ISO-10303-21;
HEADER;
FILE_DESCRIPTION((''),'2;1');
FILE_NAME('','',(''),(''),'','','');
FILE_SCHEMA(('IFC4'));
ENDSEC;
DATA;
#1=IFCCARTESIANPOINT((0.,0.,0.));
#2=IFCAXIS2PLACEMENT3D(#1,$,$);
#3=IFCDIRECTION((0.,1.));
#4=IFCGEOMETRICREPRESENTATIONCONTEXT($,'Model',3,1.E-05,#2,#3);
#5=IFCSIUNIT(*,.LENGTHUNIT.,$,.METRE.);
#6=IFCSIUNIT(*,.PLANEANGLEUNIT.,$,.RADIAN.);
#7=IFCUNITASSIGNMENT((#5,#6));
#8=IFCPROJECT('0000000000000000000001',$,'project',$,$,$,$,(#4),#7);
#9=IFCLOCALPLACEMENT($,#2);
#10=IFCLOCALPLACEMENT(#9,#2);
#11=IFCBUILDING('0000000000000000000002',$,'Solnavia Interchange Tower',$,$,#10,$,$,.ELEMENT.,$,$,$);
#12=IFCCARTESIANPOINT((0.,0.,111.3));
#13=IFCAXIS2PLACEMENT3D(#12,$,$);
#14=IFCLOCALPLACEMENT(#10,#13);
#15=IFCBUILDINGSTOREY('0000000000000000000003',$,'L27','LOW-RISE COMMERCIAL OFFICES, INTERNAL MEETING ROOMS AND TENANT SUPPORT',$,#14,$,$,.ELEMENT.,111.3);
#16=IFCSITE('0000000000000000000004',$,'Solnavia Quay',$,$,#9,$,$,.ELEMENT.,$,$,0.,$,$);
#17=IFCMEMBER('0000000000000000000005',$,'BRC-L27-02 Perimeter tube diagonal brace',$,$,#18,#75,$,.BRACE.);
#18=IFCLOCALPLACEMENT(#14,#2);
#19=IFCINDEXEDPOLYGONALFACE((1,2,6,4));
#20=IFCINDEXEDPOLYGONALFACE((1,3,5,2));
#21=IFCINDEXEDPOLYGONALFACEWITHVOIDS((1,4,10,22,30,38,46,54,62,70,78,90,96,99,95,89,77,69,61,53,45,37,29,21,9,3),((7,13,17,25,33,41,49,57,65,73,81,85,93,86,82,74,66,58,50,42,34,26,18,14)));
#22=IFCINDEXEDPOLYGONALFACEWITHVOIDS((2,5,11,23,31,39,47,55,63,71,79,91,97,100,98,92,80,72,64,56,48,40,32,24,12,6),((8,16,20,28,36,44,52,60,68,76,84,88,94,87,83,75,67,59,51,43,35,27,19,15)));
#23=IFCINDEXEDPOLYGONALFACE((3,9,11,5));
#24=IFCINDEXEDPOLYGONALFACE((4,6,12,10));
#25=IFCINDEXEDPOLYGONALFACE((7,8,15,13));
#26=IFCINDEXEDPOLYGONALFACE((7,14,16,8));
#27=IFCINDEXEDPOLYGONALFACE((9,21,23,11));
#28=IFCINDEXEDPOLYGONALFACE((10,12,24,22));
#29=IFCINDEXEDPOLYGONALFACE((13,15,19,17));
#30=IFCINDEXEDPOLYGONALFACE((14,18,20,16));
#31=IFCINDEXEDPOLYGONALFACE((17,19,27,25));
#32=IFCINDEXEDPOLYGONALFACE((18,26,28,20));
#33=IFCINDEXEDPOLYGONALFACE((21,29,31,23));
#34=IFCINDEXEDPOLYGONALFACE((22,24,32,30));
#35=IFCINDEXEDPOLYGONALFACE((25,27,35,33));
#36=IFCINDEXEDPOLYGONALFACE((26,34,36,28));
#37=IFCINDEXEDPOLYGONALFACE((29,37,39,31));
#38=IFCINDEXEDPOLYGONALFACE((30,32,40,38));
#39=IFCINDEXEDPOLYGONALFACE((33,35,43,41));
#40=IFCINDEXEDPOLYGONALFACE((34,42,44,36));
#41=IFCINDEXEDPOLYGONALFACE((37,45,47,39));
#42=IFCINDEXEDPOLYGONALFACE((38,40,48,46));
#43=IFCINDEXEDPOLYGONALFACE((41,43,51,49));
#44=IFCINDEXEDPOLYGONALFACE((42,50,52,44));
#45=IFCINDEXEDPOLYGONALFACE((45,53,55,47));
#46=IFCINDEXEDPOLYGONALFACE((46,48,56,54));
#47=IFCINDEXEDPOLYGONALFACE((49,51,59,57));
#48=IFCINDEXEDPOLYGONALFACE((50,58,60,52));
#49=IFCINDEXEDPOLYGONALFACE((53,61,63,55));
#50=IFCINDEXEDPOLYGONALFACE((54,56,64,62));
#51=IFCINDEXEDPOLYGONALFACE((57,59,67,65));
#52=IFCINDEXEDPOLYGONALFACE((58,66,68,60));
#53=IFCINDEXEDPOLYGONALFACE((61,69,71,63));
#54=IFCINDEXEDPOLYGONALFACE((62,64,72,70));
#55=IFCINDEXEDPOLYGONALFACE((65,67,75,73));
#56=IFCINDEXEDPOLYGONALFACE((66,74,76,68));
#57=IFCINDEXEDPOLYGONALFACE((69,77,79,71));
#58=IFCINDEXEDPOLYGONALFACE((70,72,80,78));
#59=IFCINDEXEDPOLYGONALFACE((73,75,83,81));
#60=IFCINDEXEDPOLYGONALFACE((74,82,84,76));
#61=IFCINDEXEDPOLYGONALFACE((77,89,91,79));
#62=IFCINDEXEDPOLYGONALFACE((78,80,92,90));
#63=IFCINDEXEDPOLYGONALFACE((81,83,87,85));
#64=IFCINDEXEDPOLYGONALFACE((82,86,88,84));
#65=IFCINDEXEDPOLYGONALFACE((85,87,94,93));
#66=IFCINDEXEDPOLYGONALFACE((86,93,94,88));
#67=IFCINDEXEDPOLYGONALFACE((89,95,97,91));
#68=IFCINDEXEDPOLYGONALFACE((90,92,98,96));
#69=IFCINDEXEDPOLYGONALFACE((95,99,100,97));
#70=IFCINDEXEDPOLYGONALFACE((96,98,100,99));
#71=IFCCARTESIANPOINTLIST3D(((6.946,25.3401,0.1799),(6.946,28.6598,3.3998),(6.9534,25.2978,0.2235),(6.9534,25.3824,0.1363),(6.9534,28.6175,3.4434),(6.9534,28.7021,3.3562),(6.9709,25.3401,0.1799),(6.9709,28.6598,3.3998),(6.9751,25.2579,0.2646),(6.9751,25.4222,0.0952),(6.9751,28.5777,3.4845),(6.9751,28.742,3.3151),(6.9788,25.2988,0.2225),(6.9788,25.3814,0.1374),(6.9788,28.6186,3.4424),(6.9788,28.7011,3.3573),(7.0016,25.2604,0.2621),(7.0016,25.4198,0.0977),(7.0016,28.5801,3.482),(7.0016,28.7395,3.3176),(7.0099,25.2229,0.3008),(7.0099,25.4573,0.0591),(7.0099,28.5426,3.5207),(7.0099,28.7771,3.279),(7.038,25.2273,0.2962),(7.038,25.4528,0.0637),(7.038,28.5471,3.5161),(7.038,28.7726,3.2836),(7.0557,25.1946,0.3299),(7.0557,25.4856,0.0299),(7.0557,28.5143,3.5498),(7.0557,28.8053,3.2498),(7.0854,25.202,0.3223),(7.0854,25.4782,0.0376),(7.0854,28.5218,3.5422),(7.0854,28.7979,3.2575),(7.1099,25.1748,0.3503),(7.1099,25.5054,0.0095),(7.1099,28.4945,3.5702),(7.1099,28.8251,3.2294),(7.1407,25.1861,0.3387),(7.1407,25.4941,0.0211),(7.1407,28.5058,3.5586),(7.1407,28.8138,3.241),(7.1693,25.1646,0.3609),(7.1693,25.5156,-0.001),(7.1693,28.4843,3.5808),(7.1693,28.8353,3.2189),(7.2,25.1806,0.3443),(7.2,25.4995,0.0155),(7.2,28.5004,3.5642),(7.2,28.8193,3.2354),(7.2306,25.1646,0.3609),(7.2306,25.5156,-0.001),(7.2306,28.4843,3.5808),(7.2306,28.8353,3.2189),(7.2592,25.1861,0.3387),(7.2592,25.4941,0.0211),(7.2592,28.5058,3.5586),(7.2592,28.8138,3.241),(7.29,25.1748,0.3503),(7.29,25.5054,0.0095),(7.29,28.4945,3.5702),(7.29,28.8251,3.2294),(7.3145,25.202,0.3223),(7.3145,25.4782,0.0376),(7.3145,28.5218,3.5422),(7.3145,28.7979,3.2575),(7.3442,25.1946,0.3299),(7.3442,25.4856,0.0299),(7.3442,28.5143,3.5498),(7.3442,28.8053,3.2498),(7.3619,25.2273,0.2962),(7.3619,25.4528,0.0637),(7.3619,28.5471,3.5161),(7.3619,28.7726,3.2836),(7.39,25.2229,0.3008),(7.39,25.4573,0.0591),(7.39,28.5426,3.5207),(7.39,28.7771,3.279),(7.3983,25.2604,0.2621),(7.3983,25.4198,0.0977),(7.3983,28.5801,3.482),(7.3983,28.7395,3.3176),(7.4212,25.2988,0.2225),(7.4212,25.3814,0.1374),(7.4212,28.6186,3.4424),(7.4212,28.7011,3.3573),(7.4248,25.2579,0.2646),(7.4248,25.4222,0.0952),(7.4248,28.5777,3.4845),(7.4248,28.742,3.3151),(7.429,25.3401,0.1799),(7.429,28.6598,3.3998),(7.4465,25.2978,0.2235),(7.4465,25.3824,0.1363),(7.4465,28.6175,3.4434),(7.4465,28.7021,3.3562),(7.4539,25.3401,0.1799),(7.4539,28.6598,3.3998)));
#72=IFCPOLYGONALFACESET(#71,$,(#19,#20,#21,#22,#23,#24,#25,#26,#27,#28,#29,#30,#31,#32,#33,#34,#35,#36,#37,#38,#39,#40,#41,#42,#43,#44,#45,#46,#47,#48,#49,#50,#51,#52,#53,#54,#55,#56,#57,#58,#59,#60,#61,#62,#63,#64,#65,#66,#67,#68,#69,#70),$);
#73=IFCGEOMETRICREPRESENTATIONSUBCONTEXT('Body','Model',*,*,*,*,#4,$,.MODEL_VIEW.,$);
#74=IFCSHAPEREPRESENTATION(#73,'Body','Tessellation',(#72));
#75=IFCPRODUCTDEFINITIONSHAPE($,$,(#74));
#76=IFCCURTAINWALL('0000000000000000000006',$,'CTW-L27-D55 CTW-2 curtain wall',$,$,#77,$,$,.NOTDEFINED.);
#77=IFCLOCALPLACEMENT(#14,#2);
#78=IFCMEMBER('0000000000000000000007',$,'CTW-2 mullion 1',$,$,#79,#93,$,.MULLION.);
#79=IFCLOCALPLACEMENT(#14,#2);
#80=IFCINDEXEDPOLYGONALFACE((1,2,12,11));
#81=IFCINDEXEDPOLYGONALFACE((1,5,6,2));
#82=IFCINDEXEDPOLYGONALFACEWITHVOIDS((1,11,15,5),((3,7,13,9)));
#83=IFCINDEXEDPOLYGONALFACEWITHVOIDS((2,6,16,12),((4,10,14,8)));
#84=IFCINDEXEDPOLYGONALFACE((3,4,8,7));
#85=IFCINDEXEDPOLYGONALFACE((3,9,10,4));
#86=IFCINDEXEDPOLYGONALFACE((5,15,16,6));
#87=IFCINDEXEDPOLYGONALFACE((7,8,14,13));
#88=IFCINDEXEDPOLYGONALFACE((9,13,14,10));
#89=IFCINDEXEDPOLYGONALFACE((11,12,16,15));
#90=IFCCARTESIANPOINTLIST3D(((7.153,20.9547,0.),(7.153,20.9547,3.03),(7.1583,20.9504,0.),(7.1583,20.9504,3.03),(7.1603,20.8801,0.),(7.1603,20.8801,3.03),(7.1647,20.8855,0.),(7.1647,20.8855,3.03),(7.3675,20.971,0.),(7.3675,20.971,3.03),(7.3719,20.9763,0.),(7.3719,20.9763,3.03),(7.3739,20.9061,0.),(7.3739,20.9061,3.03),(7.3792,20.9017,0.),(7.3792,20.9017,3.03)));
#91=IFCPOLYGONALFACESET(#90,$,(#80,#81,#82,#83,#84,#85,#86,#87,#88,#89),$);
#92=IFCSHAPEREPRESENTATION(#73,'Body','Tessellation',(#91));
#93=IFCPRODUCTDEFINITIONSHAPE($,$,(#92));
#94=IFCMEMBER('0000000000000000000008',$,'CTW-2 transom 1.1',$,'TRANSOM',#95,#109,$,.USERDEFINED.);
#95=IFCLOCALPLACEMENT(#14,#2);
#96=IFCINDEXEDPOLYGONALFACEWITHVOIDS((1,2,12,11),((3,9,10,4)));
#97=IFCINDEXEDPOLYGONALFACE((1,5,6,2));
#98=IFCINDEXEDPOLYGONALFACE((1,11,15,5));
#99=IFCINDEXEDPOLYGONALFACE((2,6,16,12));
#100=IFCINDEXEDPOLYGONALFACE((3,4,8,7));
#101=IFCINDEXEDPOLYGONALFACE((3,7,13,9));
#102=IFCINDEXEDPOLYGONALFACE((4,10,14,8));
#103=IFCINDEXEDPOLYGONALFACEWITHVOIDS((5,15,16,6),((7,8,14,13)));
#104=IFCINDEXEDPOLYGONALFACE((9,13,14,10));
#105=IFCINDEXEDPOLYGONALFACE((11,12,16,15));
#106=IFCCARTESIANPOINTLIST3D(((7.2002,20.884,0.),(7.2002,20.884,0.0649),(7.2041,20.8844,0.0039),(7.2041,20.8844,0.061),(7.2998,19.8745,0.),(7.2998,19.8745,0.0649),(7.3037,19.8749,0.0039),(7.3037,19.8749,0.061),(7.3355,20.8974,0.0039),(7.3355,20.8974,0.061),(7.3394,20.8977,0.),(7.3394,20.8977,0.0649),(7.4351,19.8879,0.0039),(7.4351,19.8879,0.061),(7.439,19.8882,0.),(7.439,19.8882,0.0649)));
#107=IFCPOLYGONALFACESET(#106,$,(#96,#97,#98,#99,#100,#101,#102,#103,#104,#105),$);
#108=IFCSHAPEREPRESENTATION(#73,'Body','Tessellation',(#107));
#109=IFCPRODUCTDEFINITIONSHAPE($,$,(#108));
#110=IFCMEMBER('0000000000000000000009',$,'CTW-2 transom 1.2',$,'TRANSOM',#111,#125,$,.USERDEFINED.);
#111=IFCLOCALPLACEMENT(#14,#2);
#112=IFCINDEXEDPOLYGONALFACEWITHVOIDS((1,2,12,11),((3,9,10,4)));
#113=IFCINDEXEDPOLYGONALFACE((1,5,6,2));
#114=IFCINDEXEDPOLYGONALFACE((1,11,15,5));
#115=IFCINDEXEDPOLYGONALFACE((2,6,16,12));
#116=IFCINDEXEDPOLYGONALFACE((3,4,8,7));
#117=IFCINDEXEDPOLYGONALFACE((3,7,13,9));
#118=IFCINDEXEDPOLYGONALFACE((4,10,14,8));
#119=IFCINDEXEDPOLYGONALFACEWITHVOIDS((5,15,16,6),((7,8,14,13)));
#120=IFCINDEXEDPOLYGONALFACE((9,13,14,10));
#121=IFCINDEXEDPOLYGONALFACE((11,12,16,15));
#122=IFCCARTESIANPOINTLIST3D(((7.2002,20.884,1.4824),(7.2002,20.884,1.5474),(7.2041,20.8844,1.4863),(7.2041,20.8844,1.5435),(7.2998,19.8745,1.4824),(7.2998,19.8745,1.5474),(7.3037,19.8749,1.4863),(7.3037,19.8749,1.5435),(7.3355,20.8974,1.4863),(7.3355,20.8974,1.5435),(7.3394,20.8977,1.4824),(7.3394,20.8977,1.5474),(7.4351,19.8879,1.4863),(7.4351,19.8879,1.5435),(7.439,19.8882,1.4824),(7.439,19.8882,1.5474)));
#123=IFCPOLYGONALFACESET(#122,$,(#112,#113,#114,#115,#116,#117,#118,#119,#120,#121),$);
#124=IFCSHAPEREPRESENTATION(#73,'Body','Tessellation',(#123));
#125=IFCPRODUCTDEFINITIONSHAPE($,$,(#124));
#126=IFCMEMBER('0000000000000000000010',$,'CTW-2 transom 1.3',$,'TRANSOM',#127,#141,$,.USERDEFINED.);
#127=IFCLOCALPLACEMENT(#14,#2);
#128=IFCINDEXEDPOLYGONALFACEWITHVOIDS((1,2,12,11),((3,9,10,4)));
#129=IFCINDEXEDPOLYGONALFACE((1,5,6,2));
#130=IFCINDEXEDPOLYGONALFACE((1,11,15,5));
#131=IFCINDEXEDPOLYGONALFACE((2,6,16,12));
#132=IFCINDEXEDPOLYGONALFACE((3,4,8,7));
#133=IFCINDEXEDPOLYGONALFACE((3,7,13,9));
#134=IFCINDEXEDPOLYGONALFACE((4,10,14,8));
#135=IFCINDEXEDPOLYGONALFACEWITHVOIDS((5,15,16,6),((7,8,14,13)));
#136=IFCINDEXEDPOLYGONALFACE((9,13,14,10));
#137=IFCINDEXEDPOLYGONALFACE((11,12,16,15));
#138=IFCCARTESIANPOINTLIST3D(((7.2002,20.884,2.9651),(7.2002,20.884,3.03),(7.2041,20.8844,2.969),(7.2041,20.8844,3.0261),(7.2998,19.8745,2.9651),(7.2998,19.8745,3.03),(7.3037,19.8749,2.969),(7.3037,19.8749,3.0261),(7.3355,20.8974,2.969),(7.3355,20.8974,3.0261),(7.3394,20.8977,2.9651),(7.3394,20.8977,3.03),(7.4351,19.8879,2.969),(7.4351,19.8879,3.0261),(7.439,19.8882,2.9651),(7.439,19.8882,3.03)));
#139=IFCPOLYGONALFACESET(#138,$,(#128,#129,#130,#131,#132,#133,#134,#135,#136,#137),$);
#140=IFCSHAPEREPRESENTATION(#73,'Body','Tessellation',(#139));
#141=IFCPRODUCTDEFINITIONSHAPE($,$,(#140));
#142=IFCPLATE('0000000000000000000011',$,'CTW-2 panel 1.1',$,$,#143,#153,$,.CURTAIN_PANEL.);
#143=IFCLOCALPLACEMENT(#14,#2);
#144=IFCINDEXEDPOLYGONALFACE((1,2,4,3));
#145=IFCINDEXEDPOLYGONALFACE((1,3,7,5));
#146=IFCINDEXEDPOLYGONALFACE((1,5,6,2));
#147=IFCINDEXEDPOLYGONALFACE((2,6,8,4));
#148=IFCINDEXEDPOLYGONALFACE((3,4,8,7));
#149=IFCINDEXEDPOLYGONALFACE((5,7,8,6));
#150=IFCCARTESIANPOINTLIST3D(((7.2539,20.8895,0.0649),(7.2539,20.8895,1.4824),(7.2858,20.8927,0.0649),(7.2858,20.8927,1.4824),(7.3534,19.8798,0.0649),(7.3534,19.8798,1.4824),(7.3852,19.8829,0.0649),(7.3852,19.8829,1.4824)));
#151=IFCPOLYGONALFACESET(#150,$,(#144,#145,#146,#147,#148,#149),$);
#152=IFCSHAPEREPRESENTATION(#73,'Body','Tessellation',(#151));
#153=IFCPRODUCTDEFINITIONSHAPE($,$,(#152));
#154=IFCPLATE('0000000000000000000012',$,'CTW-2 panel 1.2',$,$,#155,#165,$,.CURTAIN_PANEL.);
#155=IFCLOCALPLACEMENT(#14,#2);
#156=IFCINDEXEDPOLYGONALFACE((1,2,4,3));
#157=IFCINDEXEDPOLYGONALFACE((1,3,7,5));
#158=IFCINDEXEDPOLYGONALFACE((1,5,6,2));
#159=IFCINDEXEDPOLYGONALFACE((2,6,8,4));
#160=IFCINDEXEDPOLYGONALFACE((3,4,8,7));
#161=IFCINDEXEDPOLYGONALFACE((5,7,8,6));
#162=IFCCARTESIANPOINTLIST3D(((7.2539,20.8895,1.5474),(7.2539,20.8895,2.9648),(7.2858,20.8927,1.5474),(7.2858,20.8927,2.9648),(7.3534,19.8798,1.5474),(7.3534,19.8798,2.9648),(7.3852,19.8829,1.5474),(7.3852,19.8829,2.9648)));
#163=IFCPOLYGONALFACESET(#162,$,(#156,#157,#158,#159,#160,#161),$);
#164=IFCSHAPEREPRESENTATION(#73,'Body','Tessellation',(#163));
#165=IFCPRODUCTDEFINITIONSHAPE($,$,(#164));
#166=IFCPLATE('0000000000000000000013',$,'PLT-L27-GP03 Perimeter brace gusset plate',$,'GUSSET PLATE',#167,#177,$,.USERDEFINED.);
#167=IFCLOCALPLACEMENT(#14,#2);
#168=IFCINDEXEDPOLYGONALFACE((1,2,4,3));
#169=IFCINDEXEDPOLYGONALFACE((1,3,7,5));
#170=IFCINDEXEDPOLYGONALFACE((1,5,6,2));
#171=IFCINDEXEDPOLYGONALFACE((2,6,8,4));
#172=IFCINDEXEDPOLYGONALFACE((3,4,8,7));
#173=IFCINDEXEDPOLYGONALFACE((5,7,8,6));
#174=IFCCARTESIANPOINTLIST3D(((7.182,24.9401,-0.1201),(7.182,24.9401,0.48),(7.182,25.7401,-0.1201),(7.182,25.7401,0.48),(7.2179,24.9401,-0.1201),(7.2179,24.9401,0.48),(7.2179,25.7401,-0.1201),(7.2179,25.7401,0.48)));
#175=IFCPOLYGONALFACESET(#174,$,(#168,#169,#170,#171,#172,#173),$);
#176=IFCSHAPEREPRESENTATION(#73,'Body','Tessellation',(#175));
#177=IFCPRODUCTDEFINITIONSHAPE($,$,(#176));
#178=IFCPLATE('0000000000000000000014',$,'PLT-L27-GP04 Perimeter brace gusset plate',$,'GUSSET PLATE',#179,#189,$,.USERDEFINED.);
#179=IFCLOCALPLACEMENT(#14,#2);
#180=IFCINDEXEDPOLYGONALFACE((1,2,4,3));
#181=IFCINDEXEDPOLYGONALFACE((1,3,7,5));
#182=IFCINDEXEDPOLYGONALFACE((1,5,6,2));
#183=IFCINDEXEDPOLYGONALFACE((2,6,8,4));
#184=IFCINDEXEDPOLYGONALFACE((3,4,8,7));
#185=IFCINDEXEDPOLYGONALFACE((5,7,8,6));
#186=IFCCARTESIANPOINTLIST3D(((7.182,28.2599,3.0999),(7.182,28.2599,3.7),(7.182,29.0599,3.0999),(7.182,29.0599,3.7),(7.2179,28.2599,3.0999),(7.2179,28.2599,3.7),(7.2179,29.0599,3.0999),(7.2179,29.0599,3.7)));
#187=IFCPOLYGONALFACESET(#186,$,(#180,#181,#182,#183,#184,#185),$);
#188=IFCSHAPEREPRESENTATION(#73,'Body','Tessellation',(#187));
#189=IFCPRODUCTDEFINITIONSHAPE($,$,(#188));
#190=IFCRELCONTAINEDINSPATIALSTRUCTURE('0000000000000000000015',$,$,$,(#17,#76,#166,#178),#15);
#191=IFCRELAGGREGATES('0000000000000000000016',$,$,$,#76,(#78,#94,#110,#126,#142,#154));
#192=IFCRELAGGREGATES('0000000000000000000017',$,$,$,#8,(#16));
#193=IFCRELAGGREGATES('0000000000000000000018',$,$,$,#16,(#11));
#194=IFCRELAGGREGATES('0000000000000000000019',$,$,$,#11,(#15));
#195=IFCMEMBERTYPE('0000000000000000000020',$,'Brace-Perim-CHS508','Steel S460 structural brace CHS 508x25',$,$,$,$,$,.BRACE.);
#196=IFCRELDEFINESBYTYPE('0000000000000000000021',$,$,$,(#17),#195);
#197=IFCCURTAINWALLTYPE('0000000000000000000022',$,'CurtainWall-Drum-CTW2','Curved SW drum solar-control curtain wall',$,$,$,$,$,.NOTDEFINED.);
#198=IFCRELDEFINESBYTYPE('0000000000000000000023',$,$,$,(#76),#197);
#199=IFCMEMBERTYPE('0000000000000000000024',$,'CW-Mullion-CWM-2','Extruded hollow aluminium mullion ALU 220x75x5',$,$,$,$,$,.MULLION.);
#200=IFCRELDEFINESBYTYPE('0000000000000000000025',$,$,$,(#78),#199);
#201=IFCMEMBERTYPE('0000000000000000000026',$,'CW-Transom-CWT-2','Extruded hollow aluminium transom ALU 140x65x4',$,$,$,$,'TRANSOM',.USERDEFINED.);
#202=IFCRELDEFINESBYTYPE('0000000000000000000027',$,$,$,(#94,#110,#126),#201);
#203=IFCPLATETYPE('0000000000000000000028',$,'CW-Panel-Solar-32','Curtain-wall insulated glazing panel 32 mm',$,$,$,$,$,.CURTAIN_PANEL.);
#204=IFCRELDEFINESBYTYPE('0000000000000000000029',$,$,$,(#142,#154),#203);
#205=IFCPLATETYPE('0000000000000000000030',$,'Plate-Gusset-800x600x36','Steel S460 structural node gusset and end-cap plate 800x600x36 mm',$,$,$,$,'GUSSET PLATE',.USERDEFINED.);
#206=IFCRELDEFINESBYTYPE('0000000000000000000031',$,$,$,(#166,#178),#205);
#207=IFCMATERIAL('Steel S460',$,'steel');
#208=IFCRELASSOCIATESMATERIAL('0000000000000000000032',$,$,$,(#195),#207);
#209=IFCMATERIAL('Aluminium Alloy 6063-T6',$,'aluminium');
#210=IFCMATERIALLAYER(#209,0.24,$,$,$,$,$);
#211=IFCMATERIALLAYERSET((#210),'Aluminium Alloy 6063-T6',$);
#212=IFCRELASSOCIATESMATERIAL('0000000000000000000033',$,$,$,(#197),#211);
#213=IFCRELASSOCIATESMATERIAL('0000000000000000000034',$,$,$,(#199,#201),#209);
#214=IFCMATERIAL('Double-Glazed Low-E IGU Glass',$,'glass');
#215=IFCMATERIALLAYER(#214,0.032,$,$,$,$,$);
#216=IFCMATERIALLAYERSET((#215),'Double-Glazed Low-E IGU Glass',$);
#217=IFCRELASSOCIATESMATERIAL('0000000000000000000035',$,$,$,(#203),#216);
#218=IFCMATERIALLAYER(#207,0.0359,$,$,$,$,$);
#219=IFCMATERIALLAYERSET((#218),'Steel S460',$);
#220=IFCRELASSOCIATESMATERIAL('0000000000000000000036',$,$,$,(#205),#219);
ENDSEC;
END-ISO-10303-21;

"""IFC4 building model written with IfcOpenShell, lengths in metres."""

from ifc_helpers import new_model, si_unit, direction, frame, origin, origin_2d, place, context, subcontext, project, spatial, rectangle, hollow_rectangle, hollow_circle, extrude, material, layer, layer_set, material_profile, profile_set, type_object, element, aggregate, save


model = new_model("IFC4")

# Units and contexts
model_context = context("Model", 3, precision=1e-05, world=origin(), true_north=direction((0.0, 1.0)))
body_context = subcontext(model_context, "Body", "Model", "MODEL_VIEW")
ifc_project = project(units=[si_unit("LENGTHUNIT", "METRE"), si_unit("PLANEANGLEUNIT", "RADIAN")], contexts=[model_context])

# Site, building, storey
site_placement = place(None, origin())
site = spatial("IfcSite", under=ifc_project, at=site_placement, Name="Solnavia Quay", CompositionType="ELEMENT", RefElevation=0.0)
building_placement = place(site_placement, origin())
building = spatial("IfcBuilding", under=site, at=building_placement, Name="Solnavia Interchange Tower", CompositionType="ELEMENT")
storey_placement = place(building_placement, frame((0.0, 0.0, 111.3)))
storey = spatial("IfcBuildingStorey", under=building, at=storey_placement, Name="L27", Description="LOW-RISE COMMERCIAL OFFICES, INTERNAL MEETING ROOMS AND TENANT SUPPORT", CompositionType="ELEMENT", Elevation=111.3)

# Member
ifc_material_1 = material(Name="Steel S460", Category="steel")
ifc_material_profile_1 = material_profile(ifc_material_1, hollow_circle(Radius=0.2539, WallThickness=0.0249, at=origin_2d()), Name="CHS 508x25")
ifc_profile_set_1 = profile_set([ifc_material_profile_1], Name="Steel S460")
member_type_1 = type_object("IfcMemberType", Name="Brace-Perim-CHS508", Description="Steel S460 structural brace CHS 508x25", PredefinedType="BRACE", material=ifc_profile_set_1)
member_1_placement = place(storey_placement, frame((7.2, 25.3401, 0.1799), z_axis=(0.0, 0.71782, 0.696229), x_axis=(-1.0, 0.0, 0.0)))
element("IfcMember", 1, at=member_1_placement, inside=storey, type_object=member_type_1, Name="BRC-L27-02 Perimeter tube diagonal brace", PredefinedType="BRACE", context=body_context, shape_type="SweptSolid", body=[
    extrude(hollow_circle(Radius=0.2539, WallThickness=0.0249, at=origin_2d()), origin(), (0.0, 0.0, 1.0), 4.6248),
])

# Curtain wall, members, plates
ifc_material_2 = material(Name="Aluminium Alloy 6063-T6", Category="aluminium")
ifc_layer_1 = layer(ifc_material_2, 0.24)
ifc_layer_set_1 = layer_set([ifc_layer_1], Name="Aluminium Alloy 6063-T6")
curtain_wall_type = type_object("IfcCurtainWallType", Name="CurtainWall-Drum-CTW2", Description="Curved SW drum solar-control curtain wall", PredefinedType="NOTDEFINED", material=ifc_layer_set_1)
curtain_wall_placement = place(storey_placement, origin())
curtain_wall = element("IfcCurtainWall", 2, at=curtain_wall_placement, inside=storey, type_object=curtain_wall_type, Name="CTW-L27-D55 CTW-2 curtain wall", PredefinedType="NOTDEFINED")
ifc_material_profile_2 = material_profile(ifc_material_2, hollow_rectangle(XDim=0.075, YDim=0.22, WallThickness=0.0049, at=origin_2d()), Name="ALU 220x75x5")
ifc_profile_set_2 = profile_set([ifc_material_profile_2], Name="Aluminium Alloy 6063-T6")
member_type_2 = type_object("IfcMemberType", Name="CW-Mullion-CWM-2", Description="Extruded hollow aluminium mullion ALU 220x75x5", PredefinedType="MULLION", material=ifc_profile_set_2)
member_2_placement = place(storey_placement, frame((7.2661, 20.9282, 0.0), z_axis=(0.0, 0.0, 1.0), x_axis=(0.098045, -0.995182, 0.0)))
member_2 = element("IfcMember", 3, at=member_2_placement, type_object=member_type_2, Name="CTW-2 mullion 1", PredefinedType="MULLION", context=body_context, shape_type="SweptSolid", body=[
    extrude(hollow_rectangle(XDim=0.075, YDim=0.22, WallThickness=0.0049, at=origin_2d()), origin(), (0.0, 0.0, 1.0), 3.03),
])
ifc_material_profile_3 = material_profile(ifc_material_2, hollow_rectangle(XDim=0.0649, YDim=0.1399, WallThickness=0.0039, at=origin_2d()), Name="ALU 140x65x4")
ifc_profile_set_3 = profile_set([ifc_material_profile_3], Name="Aluminium Alloy 6063-T6")
member_type_3 = type_object("IfcMemberType", Name="CW-Transom-CWT-2", Description="Extruded hollow aluminium transom ALU 140x65x4", ElementType="TRANSOM", PredefinedType="USERDEFINED", material=ifc_profile_set_3)
member_3_placement = place(storey_placement, frame((7.2698, 20.8909, 0.0325), z_axis=(0.098193, -0.995167, 0.0), x_axis=(0.0, 0.0, 1.0)))
member_3 = element("IfcMember", 4, at=member_3_placement, type_object=member_type_3, Name="CTW-2 transom 1.1", ObjectType="TRANSOM", PredefinedType="USERDEFINED", context=body_context, shape_type="SweptSolid", body=[
    extrude(hollow_rectangle(XDim=0.0649, YDim=0.1399, WallThickness=0.0039, at=origin_2d()), origin(), (0.0, 0.0, 1.0), 1.0144),
])
member_4_placement = place(storey_placement, frame((7.2698, 20.8909, 1.5149), z_axis=(0.098193, -0.995167, 0.0), x_axis=(0.0, 0.0, 1.0)))
member_4 = element("IfcMember", 5, at=member_4_placement, type_object=member_type_3, Name="CTW-2 transom 1.2", ObjectType="TRANSOM", PredefinedType="USERDEFINED", context=body_context, shape_type="SweptSolid", body=[
    extrude(hollow_rectangle(XDim=0.0649, YDim=0.1399, WallThickness=0.0039, at=origin_2d()), origin(), (0.0, 0.0, 1.0), 1.0144),
])
member_5_placement = place(storey_placement, frame((7.2698, 20.8909, 2.9976), z_axis=(0.098193, -0.995167, 0.0), x_axis=(0.0, 0.0, 1.0)))
member_5 = element("IfcMember", 6, at=member_5_placement, type_object=member_type_3, Name="CTW-2 transom 1.3", ObjectType="TRANSOM", PredefinedType="USERDEFINED", context=body_context, shape_type="SweptSolid", body=[
    extrude(hollow_rectangle(XDim=0.0649, YDim=0.1399, WallThickness=0.0039, at=origin_2d()), origin(), (0.0, 0.0, 1.0), 1.0144),
])
ifc_material_3 = material(Name="Double-Glazed Low-E IGU Glass", Category="glass")
ifc_layer_2 = layer(ifc_material_3, 0.032)
ifc_layer_set_2 = layer_set([ifc_layer_2], Name="Double-Glazed Low-E IGU Glass")
plate_type_1 = type_object("IfcPlateType", Name="CW-Panel-Solar-32", Description="Curtain-wall insulated glazing panel 32 mm", PredefinedType="CURTAIN_PANEL", material=ifc_layer_set_2)
plate_1_placement = place(storey_placement, frame((7.3196, 20.3862, 0.0649), z_axis=(0.0, 0.0, 1.0), x_axis=(0.098045, -0.995182, 0.0)))
plate_1 = element("IfcPlate", 7, at=plate_1_placement, type_object=plate_type_1, Name="CTW-2 panel 1.1", PredefinedType="CURTAIN_PANEL", context=body_context, shape_type="SweptSolid", body=[
    extrude(rectangle(XDim=1.0146, YDim=0.032, at=origin_2d()), origin(), (0.0, 0.0, 1.0), 1.4175),
])
plate_2_placement = place(storey_placement, frame((7.3196, 20.3862, 1.5474), z_axis=(0.0, 0.0, 1.0), x_axis=(0.098045, -0.995182, 0.0)))
plate_2 = element("IfcPlate", 8, at=plate_2_placement, type_object=plate_type_1, Name="CTW-2 panel 1.2", PredefinedType="CURTAIN_PANEL", context=body_context, shape_type="SweptSolid", body=[
    extrude(rectangle(XDim=1.0146, YDim=0.032, at=origin_2d()), origin(), (0.0, 0.0, 1.0), 1.4175),
])
aggregate(curtain_wall, [member_2, member_3, member_4, member_5, plate_1, plate_2])

# Plates
ifc_layer_3 = layer(ifc_material_1, 0.0359)
ifc_layer_set_3 = layer_set([ifc_layer_3], Name="Steel S460")
plate_type_2 = type_object("IfcPlateType", Name="Plate-Gusset-800x600x36", Description="Steel S460 structural node gusset and end-cap plate 800x600x36 mm", ElementType="GUSSET PLATE", PredefinedType="USERDEFINED", material=ifc_layer_set_3)
for number, where, z_axis, x_axis, name in (
    (9, (7.2, 25.3401, -0.1201), (0.0, 0.0, 1.0), (0.0, 1.0, 0.0), "PLT-L27-GP03 Perimeter brace gusset plate"),
    (10, (7.2, 28.6599, 3.0999), (0.0, 0.0, 1.0), (0.0, 1.0, 0.0), "PLT-L27-GP04 Perimeter brace gusset plate"),
):
    element("IfcPlate", number, at=place(storey_placement, frame(where, z_axis=z_axis, x_axis=x_axis)), inside=storey, type_object=plate_type_2, Name=name, ObjectType="GUSSET PLATE", PredefinedType="USERDEFINED", context=body_context, shape_type="SweptSolid", body=[
        extrude(rectangle(XDim=0.8, YDim=0.0359, at=origin_2d()), origin(), (0.0, 0.0, 1.0), 0.6001),
    ])

save(model, "model.ifc")
